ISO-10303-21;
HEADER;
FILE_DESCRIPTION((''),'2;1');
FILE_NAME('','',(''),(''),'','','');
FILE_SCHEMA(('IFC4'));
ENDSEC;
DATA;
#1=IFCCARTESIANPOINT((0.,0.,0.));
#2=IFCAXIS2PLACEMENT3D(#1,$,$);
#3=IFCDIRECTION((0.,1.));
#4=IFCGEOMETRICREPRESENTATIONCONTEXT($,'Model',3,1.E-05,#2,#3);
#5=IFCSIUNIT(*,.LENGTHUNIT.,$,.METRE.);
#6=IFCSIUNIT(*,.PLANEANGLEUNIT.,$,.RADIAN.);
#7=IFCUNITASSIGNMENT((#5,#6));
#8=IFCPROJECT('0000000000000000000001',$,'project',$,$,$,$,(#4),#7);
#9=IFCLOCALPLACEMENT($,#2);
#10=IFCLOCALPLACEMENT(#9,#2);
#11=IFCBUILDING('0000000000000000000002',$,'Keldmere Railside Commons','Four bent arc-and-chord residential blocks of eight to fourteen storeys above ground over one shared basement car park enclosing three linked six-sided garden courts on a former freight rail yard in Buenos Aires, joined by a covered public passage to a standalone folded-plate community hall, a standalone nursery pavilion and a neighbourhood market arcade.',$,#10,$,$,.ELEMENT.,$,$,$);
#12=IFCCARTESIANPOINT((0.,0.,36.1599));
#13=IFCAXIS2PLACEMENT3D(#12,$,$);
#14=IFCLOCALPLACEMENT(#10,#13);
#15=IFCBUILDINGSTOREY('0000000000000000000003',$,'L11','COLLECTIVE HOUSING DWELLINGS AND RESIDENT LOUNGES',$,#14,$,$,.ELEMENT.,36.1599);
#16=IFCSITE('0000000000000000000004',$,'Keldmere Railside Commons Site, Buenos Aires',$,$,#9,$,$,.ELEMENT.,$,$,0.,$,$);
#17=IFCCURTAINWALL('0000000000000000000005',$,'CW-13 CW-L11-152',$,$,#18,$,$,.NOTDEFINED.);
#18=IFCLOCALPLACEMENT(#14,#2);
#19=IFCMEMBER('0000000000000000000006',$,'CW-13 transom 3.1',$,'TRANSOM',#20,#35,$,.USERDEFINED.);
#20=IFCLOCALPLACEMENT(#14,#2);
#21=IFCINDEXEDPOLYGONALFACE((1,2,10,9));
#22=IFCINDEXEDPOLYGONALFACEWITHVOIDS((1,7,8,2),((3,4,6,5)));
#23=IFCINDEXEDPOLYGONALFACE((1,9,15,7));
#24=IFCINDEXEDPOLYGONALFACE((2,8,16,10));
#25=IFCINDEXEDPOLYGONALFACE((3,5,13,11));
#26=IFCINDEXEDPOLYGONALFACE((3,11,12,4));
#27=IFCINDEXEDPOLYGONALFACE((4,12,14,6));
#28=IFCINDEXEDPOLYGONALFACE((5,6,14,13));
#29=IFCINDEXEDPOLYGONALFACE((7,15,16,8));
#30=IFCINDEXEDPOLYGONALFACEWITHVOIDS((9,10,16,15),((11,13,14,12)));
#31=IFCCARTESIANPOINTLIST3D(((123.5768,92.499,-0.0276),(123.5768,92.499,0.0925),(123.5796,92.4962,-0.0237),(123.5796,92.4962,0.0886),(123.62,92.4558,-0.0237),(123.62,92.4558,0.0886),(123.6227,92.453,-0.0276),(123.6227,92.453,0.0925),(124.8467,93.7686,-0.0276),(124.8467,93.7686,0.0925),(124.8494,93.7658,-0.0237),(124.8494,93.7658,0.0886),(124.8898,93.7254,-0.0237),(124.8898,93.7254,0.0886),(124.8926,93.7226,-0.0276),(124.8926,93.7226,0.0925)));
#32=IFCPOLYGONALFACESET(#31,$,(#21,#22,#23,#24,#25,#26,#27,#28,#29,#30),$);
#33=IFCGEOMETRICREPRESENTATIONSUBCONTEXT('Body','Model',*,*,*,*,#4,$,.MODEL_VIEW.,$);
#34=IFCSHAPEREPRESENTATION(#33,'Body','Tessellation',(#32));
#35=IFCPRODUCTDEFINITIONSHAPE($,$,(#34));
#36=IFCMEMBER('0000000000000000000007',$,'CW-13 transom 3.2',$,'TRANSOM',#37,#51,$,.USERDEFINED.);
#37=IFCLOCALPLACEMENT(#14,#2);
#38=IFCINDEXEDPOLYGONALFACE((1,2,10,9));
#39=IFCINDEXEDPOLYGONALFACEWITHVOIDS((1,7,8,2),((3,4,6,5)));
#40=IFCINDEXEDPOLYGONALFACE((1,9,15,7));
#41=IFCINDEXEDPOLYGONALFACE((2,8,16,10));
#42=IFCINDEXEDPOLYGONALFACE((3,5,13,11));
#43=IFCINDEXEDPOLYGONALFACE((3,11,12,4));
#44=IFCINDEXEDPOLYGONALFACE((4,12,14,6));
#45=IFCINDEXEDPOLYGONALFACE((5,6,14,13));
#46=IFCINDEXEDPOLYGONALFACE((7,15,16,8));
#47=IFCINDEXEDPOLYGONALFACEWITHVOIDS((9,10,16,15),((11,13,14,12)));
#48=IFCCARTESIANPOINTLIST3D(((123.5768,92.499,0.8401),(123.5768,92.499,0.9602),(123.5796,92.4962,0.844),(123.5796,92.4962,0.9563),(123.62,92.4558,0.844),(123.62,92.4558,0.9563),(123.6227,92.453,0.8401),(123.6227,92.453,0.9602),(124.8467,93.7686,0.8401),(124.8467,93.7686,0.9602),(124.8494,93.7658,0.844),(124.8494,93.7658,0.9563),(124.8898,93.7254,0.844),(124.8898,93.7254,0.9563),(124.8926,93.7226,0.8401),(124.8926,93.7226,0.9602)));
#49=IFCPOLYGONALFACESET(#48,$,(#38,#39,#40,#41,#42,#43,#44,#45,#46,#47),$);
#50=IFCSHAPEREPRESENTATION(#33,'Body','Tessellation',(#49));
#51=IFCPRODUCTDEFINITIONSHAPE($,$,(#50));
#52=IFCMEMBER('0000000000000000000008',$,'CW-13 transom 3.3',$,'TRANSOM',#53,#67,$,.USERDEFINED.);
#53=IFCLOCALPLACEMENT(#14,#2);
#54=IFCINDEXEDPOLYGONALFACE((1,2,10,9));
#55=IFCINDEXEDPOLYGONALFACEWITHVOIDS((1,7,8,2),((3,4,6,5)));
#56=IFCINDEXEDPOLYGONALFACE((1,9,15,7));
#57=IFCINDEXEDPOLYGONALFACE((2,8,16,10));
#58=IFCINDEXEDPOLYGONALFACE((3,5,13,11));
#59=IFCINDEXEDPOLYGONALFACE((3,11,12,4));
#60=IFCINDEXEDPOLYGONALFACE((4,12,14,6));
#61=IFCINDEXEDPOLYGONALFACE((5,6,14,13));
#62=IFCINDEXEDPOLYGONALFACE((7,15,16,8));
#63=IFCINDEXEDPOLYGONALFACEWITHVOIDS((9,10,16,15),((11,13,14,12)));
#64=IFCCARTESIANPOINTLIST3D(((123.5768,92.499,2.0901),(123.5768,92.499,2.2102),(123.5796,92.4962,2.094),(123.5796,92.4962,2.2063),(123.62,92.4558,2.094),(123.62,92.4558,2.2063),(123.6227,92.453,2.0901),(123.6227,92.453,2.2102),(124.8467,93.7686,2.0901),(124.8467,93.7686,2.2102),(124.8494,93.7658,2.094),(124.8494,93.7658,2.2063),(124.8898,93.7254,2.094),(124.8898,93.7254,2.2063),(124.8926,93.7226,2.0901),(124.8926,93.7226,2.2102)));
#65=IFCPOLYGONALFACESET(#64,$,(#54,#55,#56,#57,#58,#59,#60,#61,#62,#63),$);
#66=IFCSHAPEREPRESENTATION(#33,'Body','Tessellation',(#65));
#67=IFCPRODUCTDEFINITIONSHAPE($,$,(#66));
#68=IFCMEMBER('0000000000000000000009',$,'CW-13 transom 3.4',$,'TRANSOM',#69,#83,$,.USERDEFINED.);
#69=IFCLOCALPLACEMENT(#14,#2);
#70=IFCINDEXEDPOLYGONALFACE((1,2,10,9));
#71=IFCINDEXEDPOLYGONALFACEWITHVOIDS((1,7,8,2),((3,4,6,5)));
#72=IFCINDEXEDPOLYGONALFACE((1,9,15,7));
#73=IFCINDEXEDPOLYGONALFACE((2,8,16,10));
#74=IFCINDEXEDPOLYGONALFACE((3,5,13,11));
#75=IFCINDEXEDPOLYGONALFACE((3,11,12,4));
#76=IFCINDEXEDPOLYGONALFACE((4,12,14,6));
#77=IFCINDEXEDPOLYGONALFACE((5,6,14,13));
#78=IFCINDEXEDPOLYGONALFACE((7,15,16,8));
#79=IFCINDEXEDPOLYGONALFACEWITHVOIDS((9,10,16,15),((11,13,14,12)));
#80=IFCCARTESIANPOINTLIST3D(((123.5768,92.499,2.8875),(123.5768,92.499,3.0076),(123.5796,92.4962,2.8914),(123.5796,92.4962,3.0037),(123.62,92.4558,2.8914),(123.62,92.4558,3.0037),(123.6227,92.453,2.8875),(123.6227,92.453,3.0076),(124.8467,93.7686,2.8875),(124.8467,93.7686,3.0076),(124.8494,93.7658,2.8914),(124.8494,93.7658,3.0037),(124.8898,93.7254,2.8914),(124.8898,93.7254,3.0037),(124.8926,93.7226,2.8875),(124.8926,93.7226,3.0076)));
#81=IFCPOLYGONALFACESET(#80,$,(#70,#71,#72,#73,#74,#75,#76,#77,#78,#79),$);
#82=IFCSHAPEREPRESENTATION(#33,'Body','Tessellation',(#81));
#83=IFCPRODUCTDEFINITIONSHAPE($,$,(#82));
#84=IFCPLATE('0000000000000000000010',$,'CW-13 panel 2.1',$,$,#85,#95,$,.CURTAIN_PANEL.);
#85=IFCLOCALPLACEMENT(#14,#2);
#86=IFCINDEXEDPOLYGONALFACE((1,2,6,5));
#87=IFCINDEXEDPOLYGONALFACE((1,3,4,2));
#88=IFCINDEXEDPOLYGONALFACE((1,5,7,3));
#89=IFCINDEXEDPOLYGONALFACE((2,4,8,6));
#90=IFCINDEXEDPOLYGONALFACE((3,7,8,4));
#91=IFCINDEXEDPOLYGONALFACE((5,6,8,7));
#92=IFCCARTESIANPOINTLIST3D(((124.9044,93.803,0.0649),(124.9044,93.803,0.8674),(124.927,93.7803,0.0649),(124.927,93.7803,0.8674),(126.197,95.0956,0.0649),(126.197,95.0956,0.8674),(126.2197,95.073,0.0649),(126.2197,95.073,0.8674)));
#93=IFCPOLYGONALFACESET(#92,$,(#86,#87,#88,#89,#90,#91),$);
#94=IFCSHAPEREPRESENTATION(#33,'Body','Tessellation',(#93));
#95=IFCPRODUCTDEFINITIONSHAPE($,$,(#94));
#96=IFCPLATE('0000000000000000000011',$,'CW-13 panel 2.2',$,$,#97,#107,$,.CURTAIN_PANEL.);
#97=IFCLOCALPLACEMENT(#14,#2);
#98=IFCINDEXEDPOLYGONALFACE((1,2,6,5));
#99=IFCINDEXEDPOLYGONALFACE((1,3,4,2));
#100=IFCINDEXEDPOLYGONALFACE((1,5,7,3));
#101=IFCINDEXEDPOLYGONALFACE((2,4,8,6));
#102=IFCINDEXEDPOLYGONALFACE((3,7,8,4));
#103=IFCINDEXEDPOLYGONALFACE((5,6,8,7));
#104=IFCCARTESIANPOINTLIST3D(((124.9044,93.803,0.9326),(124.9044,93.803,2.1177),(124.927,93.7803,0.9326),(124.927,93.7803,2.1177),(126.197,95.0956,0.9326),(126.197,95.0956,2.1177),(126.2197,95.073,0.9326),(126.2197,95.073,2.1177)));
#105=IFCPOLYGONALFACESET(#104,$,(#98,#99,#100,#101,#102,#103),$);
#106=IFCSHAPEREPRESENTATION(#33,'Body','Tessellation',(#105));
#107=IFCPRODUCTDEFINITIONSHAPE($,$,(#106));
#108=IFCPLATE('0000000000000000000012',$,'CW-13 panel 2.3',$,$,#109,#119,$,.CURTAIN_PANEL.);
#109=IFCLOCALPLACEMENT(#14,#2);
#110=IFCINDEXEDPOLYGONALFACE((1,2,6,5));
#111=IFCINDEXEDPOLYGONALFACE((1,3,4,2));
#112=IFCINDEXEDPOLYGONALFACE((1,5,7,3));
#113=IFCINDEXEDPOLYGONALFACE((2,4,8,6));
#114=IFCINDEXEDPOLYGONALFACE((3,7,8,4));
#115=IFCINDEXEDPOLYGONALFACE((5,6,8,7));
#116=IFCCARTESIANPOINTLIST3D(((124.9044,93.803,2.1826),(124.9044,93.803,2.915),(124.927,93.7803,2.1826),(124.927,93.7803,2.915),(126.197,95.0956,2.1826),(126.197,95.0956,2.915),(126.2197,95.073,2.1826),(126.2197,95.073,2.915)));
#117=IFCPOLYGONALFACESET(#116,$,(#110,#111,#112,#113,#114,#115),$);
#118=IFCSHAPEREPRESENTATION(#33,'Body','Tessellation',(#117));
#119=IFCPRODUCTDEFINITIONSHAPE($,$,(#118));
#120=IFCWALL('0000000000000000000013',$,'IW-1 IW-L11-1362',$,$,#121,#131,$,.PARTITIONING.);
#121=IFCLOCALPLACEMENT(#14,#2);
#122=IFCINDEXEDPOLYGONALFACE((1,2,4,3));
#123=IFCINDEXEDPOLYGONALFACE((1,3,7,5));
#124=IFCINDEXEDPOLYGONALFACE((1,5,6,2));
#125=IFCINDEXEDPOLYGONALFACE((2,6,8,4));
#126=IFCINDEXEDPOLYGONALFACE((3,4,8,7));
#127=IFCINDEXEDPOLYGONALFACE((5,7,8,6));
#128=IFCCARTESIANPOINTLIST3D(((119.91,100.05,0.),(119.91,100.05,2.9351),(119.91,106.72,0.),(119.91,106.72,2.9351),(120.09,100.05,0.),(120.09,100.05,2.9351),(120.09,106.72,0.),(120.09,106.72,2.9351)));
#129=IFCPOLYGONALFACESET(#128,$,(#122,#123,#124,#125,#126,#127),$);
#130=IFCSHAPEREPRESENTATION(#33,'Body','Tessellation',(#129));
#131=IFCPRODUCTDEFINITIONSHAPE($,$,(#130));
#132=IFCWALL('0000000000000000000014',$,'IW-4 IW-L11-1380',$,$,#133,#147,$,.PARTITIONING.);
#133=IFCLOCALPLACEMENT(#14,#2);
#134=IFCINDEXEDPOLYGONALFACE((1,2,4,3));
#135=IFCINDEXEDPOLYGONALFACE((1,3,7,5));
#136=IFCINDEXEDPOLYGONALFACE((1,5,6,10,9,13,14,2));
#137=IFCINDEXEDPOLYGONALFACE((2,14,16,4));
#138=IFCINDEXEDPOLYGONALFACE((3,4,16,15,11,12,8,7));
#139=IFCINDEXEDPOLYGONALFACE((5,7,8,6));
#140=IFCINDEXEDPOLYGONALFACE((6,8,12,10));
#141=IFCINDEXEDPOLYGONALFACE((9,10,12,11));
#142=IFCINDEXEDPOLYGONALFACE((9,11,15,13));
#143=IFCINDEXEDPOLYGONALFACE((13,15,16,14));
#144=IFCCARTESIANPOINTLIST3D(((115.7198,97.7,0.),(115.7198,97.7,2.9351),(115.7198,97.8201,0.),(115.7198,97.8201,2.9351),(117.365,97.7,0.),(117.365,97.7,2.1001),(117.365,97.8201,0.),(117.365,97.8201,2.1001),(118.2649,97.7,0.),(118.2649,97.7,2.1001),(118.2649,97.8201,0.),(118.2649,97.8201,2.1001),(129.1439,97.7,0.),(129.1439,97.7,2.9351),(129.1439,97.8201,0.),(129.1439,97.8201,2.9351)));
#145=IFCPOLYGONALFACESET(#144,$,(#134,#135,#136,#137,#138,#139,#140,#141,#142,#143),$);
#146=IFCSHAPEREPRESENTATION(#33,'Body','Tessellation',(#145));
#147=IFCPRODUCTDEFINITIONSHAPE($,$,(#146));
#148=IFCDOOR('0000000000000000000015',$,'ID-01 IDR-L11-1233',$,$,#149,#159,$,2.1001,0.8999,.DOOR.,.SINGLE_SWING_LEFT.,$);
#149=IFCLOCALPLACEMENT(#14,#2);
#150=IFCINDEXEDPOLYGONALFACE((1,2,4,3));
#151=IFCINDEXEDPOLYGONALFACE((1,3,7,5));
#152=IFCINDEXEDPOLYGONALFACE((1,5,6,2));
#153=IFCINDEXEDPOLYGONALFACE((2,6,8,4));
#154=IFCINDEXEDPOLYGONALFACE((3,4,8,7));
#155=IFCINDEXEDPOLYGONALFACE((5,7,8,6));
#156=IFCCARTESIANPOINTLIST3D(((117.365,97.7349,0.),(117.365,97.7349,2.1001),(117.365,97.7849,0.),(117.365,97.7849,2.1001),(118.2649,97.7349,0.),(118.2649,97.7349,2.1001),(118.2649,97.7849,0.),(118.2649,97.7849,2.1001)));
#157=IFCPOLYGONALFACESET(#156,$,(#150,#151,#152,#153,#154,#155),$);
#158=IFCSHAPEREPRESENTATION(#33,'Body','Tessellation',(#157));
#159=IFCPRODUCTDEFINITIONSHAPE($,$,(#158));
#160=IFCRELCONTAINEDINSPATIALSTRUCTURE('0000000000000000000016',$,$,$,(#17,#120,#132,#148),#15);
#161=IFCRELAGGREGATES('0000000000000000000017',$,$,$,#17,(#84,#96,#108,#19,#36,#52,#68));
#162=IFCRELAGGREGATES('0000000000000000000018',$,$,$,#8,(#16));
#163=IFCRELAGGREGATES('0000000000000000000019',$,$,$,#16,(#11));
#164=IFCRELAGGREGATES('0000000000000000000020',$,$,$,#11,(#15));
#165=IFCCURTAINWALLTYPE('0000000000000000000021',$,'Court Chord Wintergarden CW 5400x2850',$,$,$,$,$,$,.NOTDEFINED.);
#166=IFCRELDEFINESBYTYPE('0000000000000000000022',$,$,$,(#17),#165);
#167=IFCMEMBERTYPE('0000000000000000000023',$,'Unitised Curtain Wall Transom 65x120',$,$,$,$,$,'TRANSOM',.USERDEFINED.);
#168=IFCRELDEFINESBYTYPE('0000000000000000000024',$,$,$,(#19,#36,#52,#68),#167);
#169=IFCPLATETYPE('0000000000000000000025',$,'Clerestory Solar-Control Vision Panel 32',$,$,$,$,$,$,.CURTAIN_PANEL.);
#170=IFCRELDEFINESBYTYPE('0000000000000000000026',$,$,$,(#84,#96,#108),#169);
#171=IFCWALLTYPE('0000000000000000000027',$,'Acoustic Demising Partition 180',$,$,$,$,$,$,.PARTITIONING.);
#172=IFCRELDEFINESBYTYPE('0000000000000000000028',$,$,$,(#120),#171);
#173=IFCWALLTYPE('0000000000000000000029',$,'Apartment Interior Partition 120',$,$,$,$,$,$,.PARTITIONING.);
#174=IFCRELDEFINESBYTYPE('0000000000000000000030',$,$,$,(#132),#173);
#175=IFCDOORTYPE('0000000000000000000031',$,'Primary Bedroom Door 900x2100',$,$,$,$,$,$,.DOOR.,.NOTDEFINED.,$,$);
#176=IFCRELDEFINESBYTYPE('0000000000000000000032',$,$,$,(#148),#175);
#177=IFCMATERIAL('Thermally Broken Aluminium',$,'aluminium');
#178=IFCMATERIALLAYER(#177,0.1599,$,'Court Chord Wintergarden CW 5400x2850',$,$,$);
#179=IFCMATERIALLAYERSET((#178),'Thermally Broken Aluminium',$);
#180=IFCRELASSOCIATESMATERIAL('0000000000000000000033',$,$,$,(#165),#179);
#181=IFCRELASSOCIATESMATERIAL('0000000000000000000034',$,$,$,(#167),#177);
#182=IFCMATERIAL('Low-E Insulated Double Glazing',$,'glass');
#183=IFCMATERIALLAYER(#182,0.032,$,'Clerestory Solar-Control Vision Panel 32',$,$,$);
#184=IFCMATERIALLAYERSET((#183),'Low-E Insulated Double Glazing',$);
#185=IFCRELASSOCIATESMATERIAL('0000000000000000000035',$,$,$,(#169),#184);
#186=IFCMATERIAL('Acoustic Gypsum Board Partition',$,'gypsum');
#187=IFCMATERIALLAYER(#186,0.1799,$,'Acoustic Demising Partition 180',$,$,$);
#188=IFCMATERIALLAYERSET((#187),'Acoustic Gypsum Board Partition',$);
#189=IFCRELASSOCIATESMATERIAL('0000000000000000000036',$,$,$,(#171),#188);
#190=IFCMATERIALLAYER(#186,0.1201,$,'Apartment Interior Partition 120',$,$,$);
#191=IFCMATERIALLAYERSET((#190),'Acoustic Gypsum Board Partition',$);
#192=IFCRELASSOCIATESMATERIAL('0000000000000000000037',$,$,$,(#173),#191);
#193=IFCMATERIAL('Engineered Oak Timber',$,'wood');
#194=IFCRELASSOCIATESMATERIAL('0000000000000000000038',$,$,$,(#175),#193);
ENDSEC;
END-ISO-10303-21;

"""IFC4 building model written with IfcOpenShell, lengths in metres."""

from ifc_helpers import new_model, si_unit, direction, frame, frame_2d, origin, origin_2d, place, context, subcontext, project, spatial, rectangle, hollow_rectangle, extrude, material, layer, layer_set, material_profile, profile_set, type_object, element, fill, aggregate, save


model = new_model("IFC4")

# Units and contexts
model_context = context("Model", 3, precision=1e-05, world=origin(), true_north=direction((0.0, 1.0)))
body_context = subcontext(model_context, "Body", "Model", "MODEL_VIEW")
ifc_project = project(units=[si_unit("LENGTHUNIT", "METRE"), si_unit("PLANEANGLEUNIT", "RADIAN")], contexts=[model_context])

# Site, building, storey
site_placement = place(None, origin())
site = spatial("IfcSite", under=ifc_project, at=site_placement, Name="Keldmere Railside Commons Site, Buenos Aires", CompositionType="ELEMENT", RefElevation=0.0)
building_placement = place(site_placement, origin())
building = spatial("IfcBuilding", under=site, at=building_placement, Name="Keldmere Railside Commons", Description="Four bent arc-and-chord residential blocks of eight to fourteen storeys above ground over one shared basement car park enclosing three linked six-sided garden courts on a former freight rail yard in Buenos Aires, joined by a covered public passage to a standalone folded-plate community hall, a standalone nursery pavilion and a neighbourhood market arcade.", CompositionType="ELEMENT")
storey_placement = place(building_placement, frame((0.0, 0.0, 36.1599)))
storey = spatial("IfcBuildingStorey", under=building, at=storey_placement, Name="L11", Description="COLLECTIVE HOUSING DWELLINGS AND RESIDENT LOUNGES", CompositionType="ELEMENT", Elevation=36.1599)

# Curtain wall, members, plates
ifc_material_1 = material(Name="Thermally Broken Aluminium", Category="aluminium")
ifc_layer_1 = layer(ifc_material_1, 0.1599, Name="Court Chord Wintergarden CW 5400x2850")
ifc_layer_set_1 = layer_set([ifc_layer_1], Name="Thermally Broken Aluminium")
curtain_wall_type = type_object("IfcCurtainWallType", Name="Court Chord Wintergarden CW 5400x2850", PredefinedType="NOTDEFINED", material=ifc_layer_set_1)
curtain_wall_placement = place(storey_placement, origin())
curtain_wall = element("IfcCurtainWall", 1, at=curtain_wall_placement, inside=storey, type_object=curtain_wall_type, Name="CW-13 CW-L11-152", PredefinedType="NOTDEFINED")
ifc_material_profile_1 = material_profile(ifc_material_1, hollow_rectangle(XDim=0.0649, YDim=0.1201, WallThickness=0.0039, at=origin_2d()), Name="ALU-TRAN-65x120")
ifc_profile_set_1 = profile_set([ifc_material_profile_1], Name="Thermally Broken Aluminium")
member_type_1 = type_object("IfcMemberType", Name="Unitised Curtain Wall Transom 65x120", ElementType="TRANSOM", PredefinedType="USERDEFINED", material=ifc_profile_set_1)
member_1_placement = place(storey_placement, frame((124.8696, 93.7456, 0.0325), z_axis=(-0.707175, -0.707039, 0.0), x_axis=(0.707039, -0.707175, 0.0)))
member_1 = element("IfcMember", 2, at=member_1_placement, type_object=member_type_1, Name="CW-13 transom 3.1", ObjectType="TRANSOM", PredefinedType="USERDEFINED", context=body_context, shape_type="SweptSolid", body=[
    extrude(hollow_rectangle(XDim=0.0649, YDim=0.1201, WallThickness=0.0039, at=origin_2d()), origin(), (0.0, 0.0, 1.0), 1.7957),
])
member_2_placement = place(storey_placement, frame((124.8696, 93.7456, 0.9001), z_axis=(-0.707175, -0.707039, 0.0), x_axis=(0.707039, -0.707175, 0.0)))
member_2 = element("IfcMember", 3, at=member_2_placement, type_object=member_type_1, Name="CW-13 transom 3.2", ObjectType="TRANSOM", PredefinedType="USERDEFINED", context=body_context, shape_type="SweptSolid", body=[
    extrude(hollow_rectangle(XDim=0.0649, YDim=0.1201, WallThickness=0.0039, at=origin_2d()), origin(), (0.0, 0.0, 1.0), 1.7957),
])
member_3_placement = place(storey_placement, frame((124.8696, 93.7456, 2.1501), z_axis=(-0.707175, -0.707039, 0.0), x_axis=(0.707039, -0.707175, 0.0)))
member_3 = element("IfcMember", 4, at=member_3_placement, type_object=member_type_1, Name="CW-13 transom 3.3", ObjectType="TRANSOM", PredefinedType="USERDEFINED", context=body_context, shape_type="SweptSolid", body=[
    extrude(hollow_rectangle(XDim=0.0649, YDim=0.1201, WallThickness=0.0039, at=origin_2d()), origin(), (0.0, 0.0, 1.0), 1.7957),
])
member_4_placement = place(storey_placement, frame((124.8696, 93.7456, 2.9475), z_axis=(-0.707175, -0.707039, 0.0), x_axis=(0.707039, -0.707175, 0.0)))
member_4 = element("IfcMember", 5, at=member_4_placement, type_object=member_type_1, Name="CW-13 transom 3.4", ObjectType="TRANSOM", PredefinedType="USERDEFINED", context=body_context, shape_type="SweptSolid", body=[
    extrude(hollow_rectangle(XDim=0.0649, YDim=0.1201, WallThickness=0.0039, at=origin_2d()), origin(), (0.0, 0.0, 1.0), 1.7957),
])
ifc_material_2 = material(Name="Low-E Insulated Double Glazing", Category="glass")
ifc_layer_2 = layer(ifc_material_2, 0.032, Name="Clerestory Solar-Control Vision Panel 32")
ifc_layer_set_2 = layer_set([ifc_layer_2], Name="Low-E Insulated Double Glazing")
plate_type = type_object("IfcPlateType", Name="Clerestory Solar-Control Vision Panel 32", PredefinedType="CURTAIN_PANEL", material=ifc_layer_set_2)
plate_1_placement = place(storey_placement, frame((125.562, 94.438, 0.0649), z_axis=(0.0, 0.0, 1.0), x_axis=(-0.707107, -0.707107, 0.0)))
plate_1 = element("IfcPlate", 6, at=plate_1_placement, type_object=plate_type, Name="CW-13 panel 2.1", PredefinedType="CURTAIN_PANEL", context=body_context, shape_type="SweptSolid", body=[
    extrude(rectangle(XDim=1.8281, YDim=0.032, at=origin_2d()), origin(), (0.0, 0.0, 1.0), 0.8025),
])
plate_2_placement = place(storey_placement, frame((125.562, 94.438, 0.9326), z_axis=(0.0, 0.0, 1.0), x_axis=(-0.707107, -0.707107, 0.0)))
plate_2 = element("IfcPlate", 7, at=plate_2_placement, type_object=plate_type, Name="CW-13 panel 2.2", PredefinedType="CURTAIN_PANEL", context=body_context, shape_type="SweptSolid", body=[
    extrude(rectangle(XDim=1.8281, YDim=0.032, at=origin_2d()), origin(), (0.0, 0.0, 1.0), 1.1851),
])
plate_3_placement = place(storey_placement, frame((125.562, 94.438, 2.1826), z_axis=(0.0, 0.0, 1.0), x_axis=(-0.707107, -0.707107, 0.0)))
plate_3 = element("IfcPlate", 8, at=plate_3_placement, type_object=plate_type, Name="CW-13 panel 2.3", PredefinedType="CURTAIN_PANEL", context=body_context, shape_type="SweptSolid", body=[
    extrude(rectangle(XDim=1.8281, YDim=0.032, at=origin_2d()), origin(), (0.0, 0.0, 1.0), 0.7324),
])
aggregate(curtain_wall, [plate_1, plate_2, plate_3, member_1, member_2, member_3, member_4])

# Wall
ifc_material_3 = material(Name="Acoustic Gypsum Board Partition", Category="gypsum")
ifc_layer_3 = layer(ifc_material_3, 0.1799, Name="Acoustic Demising Partition 180")
ifc_layer_set_3 = layer_set([ifc_layer_3], Name="Acoustic Gypsum Board Partition")
wall_type_1 = type_object("IfcWallType", Name="Acoustic Demising Partition 180", PredefinedType="PARTITIONING", material=ifc_layer_set_3)
wall_1_placement = place(storey_placement, frame((120.0, 100.05, 0.0), z_axis=(0.0, 0.0, 1.0), x_axis=(0.0, 1.0, 0.0)))
element("IfcWall", 9, at=wall_1_placement, inside=storey, type_object=wall_type_1, Name="IW-1 IW-L11-1362", PredefinedType="PARTITIONING", context=body_context, shape_type="SweptSolid", body=[
    extrude(rectangle(XDim=6.6699, YDim=0.1799, at=frame_2d((3.335, 0.0))), origin(), (0.0, 0.0, 1.0), 2.9351),
])

# Wall, opening, door
ifc_layer_4 = layer(ifc_material_3, 0.1201, Name="Apartment Interior Partition 120")
ifc_layer_set_4 = layer_set([ifc_layer_4], Name="Acoustic Gypsum Board Partition")
wall_type_2 = type_object("IfcWallType", Name="Apartment Interior Partition 120", PredefinedType="PARTITIONING", material=ifc_layer_set_4)
wall_2_placement = place(storey_placement, frame((115.72, 97.76, 0.0), z_axis=(0.0, 0.0, 1.0), x_axis=(1.0, 0.0, 0.0)))
wall_2 = element("IfcWall", 10, at=wall_2_placement, inside=storey, type_object=wall_type_2, Name="IW-4 IW-L11-1380", PredefinedType="PARTITIONING", context=body_context, shape_type="SweptSolid", body=[
    extrude(rectangle(XDim=13.4241, YDim=0.1201, at=frame_2d((6.7119, 0.0))), origin(), (0.0, 0.0, 1.0), 2.9351),
])
opening_1_placement = place(wall_2_placement, frame((1.645, 0.0, 0.0)))
opening_1 = element("IfcOpeningElement", 11, at=opening_1_placement, cuts=wall_2, PredefinedType="OPENING", context=body_context, shape_type="SweptSolid", body=[
    extrude(rectangle(XDim=0.8999, YDim=2.1001, at=frame_2d((0.45, 1.05))), frame((0.0, 0.0701, 0.0), z_axis=(0.0, -1.0, 0.0), x_axis=(1.0, 0.0, 0.0)), (0.0, 0.0, 1.0), 0.1401),
])
ifc_material_4 = material(Name="Engineered Oak Timber", Category="wood")
door_type_1 = type_object("IfcDoorType", Name="Primary Bedroom Door 900x2100", OperationType="NOTDEFINED", PredefinedType="DOOR", material=ifc_material_4)
door_1_placement = place(opening_1_placement, origin())
door_1 = element("IfcDoor", 12, at=door_1_placement, inside=storey, type_object=door_type_1, Name="ID-01 IDR-L11-1233", OperationType="SINGLE_SWING_LEFT", OverallHeight=2.1001, OverallWidth=0.8999, PredefinedType="DOOR", context=body_context, shape_type="SweptSolid", body=[
    extrude(rectangle(XDim=0.8999, YDim=2.1001, at=frame_2d((0.45, 1.05))), frame((0.0, 0.0249, 0.0), z_axis=(0.0, -1.0, 0.0), x_axis=(1.0, 0.0, 0.0)), (0.0, 0.0, 1.0), 0.05),
])
fill(opening_1, door_1)

save(model, "model.ifc")
